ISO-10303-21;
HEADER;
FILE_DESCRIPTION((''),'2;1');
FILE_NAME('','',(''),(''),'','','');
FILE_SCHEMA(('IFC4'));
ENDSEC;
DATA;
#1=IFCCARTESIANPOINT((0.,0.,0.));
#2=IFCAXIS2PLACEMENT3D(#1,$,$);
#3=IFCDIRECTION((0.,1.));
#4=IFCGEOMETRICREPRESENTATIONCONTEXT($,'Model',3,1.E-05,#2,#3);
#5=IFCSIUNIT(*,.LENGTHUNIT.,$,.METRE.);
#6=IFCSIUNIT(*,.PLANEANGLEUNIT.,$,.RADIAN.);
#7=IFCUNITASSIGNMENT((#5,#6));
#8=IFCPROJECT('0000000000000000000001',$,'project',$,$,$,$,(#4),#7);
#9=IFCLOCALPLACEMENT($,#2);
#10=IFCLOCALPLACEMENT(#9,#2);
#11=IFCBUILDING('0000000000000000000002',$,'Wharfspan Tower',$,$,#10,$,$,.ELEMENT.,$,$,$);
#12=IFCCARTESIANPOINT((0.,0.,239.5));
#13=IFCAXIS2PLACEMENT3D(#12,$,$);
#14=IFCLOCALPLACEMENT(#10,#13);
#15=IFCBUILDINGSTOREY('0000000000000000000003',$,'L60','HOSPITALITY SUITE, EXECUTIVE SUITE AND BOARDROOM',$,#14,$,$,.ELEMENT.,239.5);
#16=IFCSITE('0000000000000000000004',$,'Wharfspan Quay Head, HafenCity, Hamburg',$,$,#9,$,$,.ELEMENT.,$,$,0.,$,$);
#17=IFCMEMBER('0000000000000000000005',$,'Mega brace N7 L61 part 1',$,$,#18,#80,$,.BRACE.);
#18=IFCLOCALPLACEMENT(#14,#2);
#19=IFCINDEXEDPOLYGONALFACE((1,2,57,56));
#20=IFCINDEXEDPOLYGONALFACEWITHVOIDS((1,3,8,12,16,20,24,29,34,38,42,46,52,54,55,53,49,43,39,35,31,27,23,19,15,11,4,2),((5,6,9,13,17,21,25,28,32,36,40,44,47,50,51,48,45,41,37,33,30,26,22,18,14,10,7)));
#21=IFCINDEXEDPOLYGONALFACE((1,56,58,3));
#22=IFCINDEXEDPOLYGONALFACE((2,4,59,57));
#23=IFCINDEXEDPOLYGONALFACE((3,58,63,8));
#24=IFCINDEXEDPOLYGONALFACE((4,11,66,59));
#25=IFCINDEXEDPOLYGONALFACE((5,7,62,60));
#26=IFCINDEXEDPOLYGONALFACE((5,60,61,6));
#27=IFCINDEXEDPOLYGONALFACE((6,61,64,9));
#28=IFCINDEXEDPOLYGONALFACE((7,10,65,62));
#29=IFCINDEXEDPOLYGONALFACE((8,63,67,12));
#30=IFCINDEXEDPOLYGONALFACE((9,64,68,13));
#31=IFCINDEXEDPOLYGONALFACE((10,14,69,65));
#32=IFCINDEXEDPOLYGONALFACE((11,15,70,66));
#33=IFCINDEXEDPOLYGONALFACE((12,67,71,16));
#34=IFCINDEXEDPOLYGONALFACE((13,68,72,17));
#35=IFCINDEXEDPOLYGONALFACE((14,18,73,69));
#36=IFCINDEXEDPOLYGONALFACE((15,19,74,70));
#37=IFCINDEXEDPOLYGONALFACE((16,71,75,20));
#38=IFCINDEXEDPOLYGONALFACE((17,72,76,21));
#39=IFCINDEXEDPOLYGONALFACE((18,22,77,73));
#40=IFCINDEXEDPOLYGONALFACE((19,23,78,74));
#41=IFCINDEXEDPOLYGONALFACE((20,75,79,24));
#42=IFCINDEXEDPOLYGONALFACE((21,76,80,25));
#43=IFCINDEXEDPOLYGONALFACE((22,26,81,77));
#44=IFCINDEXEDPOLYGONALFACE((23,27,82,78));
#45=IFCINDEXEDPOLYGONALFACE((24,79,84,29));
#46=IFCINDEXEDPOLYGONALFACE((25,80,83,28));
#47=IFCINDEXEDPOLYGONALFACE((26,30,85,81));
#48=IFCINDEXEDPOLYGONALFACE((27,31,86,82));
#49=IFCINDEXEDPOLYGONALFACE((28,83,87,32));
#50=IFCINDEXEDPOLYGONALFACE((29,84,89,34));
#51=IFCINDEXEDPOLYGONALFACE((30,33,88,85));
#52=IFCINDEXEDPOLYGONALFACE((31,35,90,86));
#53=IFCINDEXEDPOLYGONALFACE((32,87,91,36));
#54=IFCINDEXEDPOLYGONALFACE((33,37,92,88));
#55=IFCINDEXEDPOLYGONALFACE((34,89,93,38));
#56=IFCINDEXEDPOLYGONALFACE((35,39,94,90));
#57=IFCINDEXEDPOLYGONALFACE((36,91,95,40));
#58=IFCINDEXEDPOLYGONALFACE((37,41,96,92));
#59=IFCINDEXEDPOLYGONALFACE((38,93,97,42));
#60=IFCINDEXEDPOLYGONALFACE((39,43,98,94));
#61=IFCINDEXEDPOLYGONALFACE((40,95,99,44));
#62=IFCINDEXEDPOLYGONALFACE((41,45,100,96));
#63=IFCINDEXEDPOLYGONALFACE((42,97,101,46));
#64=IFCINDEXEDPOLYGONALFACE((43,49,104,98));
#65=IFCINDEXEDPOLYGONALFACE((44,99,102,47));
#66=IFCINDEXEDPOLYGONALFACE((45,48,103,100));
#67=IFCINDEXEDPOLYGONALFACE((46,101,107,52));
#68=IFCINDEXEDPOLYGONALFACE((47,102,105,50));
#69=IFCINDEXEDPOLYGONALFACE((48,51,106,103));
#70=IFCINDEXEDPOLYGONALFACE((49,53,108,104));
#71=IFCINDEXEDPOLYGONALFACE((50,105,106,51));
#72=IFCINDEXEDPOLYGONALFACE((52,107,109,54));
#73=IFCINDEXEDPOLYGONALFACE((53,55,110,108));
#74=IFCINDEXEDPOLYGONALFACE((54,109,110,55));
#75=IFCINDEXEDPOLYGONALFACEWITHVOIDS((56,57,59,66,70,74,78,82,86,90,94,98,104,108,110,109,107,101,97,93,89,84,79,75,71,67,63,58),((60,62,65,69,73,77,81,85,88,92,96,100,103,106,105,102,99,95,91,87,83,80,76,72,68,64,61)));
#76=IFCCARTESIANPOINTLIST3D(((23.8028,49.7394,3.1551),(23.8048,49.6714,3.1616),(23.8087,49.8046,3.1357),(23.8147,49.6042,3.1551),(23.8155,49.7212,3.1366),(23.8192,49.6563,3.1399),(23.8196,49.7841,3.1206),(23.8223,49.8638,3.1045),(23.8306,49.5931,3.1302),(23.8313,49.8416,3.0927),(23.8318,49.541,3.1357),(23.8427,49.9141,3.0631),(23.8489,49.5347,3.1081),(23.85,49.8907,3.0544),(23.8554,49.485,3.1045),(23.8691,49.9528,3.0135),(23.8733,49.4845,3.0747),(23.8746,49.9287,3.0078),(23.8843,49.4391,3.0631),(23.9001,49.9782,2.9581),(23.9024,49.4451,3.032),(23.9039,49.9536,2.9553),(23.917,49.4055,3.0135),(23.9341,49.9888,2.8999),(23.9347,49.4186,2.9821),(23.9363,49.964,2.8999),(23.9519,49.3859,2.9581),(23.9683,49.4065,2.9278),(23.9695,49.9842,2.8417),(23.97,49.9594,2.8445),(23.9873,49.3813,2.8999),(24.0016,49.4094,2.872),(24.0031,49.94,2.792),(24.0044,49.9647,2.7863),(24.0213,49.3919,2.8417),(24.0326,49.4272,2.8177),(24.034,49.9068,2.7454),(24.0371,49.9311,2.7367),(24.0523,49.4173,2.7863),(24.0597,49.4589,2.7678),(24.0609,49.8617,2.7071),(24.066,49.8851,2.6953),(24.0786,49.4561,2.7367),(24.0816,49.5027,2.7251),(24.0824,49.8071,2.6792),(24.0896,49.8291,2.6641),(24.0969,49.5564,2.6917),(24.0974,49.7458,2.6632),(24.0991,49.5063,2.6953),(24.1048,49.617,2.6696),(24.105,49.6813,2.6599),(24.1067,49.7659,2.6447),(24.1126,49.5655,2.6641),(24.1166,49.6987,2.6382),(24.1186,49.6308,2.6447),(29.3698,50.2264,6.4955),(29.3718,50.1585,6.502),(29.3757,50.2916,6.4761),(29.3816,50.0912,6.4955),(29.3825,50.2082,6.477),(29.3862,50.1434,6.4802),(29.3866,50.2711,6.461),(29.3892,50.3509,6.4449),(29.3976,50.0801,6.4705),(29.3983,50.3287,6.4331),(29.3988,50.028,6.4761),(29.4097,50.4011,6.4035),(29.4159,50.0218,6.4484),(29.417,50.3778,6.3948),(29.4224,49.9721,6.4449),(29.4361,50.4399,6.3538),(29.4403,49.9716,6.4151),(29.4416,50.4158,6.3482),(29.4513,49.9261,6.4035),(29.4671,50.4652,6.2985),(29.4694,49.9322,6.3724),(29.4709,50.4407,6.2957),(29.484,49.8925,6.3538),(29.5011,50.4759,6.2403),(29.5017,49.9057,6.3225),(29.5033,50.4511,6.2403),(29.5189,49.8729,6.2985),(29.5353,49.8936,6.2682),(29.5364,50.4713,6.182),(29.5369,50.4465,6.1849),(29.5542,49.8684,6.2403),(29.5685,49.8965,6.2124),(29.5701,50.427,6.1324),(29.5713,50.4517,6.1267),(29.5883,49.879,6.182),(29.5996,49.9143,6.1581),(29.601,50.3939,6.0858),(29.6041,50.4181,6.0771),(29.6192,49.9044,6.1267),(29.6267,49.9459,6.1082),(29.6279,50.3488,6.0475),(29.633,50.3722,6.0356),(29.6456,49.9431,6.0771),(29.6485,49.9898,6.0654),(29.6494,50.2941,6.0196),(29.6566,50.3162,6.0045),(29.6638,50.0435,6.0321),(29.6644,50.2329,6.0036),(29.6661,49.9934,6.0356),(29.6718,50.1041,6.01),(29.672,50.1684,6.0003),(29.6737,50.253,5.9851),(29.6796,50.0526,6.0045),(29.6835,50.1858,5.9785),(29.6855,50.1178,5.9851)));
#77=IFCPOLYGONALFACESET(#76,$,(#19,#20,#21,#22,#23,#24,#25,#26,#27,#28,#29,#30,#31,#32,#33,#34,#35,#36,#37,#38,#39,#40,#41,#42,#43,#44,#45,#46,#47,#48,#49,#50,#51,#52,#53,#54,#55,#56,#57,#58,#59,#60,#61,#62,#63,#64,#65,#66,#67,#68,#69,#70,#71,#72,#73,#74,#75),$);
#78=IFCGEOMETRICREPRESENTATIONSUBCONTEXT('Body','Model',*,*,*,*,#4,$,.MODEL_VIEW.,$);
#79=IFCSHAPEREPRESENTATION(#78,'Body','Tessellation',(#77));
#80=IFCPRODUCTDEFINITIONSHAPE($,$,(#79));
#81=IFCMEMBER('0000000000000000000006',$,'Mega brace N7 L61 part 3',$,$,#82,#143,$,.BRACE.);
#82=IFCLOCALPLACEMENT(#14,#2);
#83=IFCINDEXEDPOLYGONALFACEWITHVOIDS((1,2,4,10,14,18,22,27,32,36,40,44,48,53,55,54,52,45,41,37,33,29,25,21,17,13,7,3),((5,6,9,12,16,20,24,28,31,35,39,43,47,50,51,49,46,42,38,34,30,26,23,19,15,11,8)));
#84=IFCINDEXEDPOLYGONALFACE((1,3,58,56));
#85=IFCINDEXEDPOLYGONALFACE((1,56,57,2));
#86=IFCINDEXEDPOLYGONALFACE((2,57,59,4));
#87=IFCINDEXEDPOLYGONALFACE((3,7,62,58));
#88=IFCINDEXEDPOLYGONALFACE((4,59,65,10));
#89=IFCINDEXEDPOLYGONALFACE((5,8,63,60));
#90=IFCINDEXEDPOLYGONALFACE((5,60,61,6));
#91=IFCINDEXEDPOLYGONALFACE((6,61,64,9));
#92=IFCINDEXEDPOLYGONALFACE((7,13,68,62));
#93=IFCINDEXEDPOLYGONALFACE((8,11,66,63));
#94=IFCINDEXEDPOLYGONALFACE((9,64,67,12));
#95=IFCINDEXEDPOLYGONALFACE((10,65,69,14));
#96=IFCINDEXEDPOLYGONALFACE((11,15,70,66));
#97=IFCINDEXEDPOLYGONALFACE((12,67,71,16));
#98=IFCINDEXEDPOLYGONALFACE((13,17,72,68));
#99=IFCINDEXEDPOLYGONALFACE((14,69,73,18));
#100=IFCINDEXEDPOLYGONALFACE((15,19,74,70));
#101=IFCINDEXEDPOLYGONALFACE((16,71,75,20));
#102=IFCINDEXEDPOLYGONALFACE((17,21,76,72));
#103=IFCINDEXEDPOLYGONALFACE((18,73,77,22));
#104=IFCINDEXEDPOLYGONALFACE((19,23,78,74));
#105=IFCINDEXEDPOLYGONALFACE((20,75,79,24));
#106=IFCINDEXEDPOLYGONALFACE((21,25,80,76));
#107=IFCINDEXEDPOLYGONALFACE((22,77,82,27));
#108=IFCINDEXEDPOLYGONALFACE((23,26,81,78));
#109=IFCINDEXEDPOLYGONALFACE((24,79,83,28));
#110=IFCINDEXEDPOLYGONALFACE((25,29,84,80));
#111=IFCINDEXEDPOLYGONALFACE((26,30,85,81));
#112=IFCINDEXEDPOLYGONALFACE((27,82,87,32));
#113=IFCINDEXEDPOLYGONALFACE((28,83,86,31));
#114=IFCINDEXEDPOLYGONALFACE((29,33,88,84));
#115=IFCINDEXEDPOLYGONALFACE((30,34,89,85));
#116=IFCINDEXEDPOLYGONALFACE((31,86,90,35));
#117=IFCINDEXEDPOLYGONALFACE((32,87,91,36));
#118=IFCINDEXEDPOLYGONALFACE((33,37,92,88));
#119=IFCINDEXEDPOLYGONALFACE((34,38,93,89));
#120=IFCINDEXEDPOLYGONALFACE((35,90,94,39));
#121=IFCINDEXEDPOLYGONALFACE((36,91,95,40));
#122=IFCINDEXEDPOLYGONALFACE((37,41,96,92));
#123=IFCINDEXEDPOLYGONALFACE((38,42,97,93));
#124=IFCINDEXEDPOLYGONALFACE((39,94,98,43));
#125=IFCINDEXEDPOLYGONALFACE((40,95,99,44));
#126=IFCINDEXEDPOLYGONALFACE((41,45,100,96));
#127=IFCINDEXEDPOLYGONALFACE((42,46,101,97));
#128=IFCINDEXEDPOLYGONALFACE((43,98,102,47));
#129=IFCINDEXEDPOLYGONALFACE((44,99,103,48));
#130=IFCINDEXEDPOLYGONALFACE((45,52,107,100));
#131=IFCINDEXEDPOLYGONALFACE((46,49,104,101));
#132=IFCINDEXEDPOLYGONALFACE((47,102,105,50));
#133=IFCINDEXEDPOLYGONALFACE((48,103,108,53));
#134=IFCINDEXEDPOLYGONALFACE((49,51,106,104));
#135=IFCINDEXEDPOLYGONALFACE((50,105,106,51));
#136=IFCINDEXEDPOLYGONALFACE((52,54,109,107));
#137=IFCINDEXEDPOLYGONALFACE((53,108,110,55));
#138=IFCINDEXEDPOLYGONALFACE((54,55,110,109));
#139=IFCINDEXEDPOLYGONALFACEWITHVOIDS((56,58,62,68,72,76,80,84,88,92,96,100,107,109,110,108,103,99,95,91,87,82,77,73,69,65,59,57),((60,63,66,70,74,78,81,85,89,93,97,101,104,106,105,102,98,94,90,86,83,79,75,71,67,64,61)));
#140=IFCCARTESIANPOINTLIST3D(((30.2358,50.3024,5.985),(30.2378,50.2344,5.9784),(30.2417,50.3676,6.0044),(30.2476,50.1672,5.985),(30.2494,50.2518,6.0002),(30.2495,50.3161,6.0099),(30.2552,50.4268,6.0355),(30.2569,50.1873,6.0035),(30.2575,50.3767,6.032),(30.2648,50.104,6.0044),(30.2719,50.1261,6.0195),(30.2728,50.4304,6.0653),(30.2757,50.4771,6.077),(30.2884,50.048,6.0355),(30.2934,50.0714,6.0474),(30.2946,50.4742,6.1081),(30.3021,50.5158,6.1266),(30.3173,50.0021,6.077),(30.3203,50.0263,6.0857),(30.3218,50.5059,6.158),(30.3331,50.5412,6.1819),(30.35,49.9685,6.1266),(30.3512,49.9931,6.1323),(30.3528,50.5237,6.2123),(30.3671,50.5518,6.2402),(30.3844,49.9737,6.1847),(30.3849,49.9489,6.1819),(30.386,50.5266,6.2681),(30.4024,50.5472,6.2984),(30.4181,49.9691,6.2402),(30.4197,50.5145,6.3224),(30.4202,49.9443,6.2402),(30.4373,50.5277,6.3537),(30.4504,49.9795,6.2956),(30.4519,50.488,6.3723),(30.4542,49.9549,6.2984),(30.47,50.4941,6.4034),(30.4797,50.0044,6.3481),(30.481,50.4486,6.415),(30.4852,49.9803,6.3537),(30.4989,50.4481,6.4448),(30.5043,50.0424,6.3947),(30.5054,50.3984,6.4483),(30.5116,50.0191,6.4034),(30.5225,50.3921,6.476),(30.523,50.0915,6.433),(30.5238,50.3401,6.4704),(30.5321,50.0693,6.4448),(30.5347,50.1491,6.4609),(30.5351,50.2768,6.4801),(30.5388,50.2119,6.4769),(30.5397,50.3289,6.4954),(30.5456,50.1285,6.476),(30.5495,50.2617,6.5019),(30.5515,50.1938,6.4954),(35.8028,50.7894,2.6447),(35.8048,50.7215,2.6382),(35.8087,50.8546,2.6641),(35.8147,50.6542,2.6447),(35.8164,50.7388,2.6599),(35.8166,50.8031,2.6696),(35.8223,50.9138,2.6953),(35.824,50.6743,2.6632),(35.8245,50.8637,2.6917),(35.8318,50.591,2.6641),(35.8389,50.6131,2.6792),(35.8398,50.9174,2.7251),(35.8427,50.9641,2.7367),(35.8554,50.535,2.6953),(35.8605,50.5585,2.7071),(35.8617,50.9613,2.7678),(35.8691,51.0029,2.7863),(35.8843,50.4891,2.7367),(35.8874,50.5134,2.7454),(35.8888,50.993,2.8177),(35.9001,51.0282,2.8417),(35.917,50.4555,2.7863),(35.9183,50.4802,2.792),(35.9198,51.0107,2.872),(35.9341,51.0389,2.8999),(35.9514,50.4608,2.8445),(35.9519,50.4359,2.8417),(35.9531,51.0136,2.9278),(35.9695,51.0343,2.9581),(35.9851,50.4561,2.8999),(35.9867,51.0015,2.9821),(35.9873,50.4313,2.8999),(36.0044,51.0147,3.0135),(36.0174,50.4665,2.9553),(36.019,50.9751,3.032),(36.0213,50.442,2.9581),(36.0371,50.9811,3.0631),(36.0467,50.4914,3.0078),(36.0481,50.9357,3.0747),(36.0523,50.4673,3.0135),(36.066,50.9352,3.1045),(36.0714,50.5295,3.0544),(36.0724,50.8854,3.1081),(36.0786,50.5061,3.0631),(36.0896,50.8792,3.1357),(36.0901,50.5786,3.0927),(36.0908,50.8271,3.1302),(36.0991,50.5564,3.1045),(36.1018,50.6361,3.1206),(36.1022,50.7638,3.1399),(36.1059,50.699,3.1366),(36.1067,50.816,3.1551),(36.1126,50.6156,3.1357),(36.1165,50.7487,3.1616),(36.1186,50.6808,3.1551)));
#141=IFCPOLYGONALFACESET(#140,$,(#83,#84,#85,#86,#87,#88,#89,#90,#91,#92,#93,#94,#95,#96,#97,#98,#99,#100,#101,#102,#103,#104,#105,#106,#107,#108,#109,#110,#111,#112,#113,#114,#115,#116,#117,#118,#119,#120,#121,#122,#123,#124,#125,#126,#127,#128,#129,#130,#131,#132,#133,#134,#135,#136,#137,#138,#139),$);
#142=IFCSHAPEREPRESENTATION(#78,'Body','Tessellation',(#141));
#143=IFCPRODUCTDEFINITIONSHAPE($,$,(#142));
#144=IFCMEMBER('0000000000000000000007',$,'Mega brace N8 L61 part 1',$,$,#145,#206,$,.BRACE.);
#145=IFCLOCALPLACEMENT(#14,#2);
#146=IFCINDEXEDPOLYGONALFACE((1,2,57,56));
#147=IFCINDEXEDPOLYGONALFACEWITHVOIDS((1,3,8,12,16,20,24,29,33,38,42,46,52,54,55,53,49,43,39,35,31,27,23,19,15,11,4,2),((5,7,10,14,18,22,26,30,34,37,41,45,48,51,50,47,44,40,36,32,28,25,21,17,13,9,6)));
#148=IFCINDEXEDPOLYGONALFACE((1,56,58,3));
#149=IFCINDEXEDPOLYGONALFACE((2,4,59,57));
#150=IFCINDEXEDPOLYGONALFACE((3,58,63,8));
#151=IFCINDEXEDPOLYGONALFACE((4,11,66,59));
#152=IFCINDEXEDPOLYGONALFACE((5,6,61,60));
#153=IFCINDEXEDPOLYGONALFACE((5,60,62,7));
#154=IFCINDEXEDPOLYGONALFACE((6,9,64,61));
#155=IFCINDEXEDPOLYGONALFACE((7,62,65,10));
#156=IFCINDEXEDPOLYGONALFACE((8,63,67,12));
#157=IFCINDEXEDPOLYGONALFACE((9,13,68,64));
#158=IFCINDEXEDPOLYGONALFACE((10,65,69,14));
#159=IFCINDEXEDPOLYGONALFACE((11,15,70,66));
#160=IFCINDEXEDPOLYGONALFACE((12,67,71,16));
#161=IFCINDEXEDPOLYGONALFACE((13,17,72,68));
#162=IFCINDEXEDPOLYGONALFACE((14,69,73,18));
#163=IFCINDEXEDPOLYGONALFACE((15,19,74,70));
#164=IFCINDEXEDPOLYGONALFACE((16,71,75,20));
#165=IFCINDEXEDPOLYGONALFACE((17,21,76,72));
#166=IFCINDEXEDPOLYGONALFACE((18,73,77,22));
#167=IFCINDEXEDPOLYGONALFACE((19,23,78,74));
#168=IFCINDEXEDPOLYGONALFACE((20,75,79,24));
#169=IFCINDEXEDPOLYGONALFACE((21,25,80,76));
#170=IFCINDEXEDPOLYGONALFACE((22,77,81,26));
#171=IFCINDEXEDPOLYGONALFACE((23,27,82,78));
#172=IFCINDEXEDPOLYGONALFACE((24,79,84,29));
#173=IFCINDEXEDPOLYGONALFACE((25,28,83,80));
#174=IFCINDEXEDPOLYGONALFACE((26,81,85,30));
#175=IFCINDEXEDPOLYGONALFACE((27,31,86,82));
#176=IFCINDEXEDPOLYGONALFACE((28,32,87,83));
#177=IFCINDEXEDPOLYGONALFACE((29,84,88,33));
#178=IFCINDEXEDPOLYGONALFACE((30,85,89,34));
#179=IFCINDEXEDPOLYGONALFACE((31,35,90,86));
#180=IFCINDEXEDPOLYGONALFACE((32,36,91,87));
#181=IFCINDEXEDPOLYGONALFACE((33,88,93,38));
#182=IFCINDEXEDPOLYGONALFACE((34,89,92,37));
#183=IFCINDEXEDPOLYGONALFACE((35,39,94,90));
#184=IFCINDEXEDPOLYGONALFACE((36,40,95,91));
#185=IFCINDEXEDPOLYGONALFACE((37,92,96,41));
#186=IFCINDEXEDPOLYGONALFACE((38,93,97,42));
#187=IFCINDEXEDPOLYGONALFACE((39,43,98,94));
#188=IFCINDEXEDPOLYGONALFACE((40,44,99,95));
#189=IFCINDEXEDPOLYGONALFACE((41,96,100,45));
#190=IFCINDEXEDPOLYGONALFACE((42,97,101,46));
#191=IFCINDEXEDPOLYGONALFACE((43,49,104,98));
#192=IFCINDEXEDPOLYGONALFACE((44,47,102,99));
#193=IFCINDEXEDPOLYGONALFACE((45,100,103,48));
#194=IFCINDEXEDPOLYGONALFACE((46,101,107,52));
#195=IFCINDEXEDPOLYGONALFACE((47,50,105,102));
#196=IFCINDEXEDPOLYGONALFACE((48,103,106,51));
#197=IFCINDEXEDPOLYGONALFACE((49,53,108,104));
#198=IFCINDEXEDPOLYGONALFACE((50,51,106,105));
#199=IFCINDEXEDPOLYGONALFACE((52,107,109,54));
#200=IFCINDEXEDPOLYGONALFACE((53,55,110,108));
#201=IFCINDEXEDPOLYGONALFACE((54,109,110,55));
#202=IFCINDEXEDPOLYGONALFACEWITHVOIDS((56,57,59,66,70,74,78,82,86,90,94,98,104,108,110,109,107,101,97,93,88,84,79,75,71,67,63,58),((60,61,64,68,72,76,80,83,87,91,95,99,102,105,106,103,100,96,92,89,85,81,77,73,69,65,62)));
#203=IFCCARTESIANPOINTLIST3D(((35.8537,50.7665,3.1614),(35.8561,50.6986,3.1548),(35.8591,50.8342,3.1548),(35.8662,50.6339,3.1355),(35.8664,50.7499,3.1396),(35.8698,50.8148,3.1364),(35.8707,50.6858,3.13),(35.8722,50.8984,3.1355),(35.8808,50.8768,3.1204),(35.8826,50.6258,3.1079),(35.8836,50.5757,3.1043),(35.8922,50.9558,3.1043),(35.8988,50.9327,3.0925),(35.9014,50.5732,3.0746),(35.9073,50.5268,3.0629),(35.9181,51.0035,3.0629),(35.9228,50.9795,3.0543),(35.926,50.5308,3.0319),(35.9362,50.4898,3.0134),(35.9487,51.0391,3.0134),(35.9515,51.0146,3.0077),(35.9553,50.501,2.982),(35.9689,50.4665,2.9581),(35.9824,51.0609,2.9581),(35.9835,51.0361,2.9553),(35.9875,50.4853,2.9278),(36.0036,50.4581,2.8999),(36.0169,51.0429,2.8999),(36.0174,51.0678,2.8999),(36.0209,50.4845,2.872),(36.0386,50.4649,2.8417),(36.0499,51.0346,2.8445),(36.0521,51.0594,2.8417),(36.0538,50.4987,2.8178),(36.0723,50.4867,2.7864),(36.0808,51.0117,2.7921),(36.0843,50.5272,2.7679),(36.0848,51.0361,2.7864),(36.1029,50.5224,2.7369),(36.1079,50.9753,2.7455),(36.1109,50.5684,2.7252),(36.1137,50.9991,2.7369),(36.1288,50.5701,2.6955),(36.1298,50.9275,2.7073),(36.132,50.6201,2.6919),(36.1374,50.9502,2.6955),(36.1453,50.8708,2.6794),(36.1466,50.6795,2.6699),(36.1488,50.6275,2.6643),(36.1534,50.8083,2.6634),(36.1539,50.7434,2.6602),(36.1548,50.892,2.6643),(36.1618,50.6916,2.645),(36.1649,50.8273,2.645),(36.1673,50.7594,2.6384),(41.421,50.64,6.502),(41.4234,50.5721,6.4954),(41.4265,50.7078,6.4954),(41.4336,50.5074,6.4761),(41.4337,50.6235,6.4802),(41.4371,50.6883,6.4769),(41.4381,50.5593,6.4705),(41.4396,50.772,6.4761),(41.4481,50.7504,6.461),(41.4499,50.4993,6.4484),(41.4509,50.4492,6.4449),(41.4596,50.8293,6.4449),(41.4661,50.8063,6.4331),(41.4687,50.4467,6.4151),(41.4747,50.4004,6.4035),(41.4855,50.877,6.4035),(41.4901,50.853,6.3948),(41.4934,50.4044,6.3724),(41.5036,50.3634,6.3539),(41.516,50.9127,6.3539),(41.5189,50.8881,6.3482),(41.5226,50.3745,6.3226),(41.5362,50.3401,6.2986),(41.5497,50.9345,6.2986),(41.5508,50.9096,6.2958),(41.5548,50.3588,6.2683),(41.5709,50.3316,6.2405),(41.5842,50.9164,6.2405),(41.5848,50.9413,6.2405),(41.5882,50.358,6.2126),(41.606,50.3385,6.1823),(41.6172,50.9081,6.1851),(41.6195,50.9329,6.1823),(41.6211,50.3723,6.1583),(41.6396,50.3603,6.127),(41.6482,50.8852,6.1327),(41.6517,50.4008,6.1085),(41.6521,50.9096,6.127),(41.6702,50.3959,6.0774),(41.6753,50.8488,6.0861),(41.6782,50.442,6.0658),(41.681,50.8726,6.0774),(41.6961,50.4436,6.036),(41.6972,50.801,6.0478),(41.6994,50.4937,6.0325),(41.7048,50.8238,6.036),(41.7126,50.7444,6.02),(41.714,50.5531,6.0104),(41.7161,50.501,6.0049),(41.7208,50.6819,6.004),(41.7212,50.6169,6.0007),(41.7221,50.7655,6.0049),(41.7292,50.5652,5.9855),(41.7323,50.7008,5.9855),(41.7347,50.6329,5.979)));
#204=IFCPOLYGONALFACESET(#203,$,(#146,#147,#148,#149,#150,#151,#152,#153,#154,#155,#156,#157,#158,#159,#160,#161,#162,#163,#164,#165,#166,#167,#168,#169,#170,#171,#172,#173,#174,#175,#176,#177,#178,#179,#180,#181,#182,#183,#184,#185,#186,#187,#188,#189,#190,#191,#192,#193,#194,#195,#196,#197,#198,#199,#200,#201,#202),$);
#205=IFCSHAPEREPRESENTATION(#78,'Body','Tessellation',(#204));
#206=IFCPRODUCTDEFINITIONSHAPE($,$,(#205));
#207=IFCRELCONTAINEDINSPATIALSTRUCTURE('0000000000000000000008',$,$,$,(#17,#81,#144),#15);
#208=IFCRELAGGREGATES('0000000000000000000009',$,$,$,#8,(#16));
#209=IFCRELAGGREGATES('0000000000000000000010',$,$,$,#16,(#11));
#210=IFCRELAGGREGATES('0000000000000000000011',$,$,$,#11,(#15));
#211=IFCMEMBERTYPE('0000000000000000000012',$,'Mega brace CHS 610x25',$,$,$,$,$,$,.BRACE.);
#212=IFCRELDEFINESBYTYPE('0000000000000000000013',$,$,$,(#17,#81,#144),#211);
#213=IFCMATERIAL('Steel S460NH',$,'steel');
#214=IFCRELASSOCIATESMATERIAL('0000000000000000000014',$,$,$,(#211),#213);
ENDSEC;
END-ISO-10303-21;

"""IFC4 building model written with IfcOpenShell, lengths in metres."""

from ifc_helpers import new_model, si_unit, direction, frame, origin, origin_2d, place, context, subcontext, project, spatial, hollow_circle, extrude, material, material_profile, profile_set, type_object, element, save


model = new_model("IFC4")

# Units and contexts
model_context = context("Model", 3, precision=1e-05, world=origin(), true_north=direction((0.0, 1.0)))
body_context = subcontext(model_context, "Body", "Model", "MODEL_VIEW")
ifc_project = project(units=[si_unit("LENGTHUNIT", "METRE"), si_unit("PLANEANGLEUNIT", "RADIAN")], contexts=[model_context])

# Site, building, storey
site_placement = place(None, origin())
site = spatial("IfcSite", under=ifc_project, at=site_placement, Name="Wharfspan Quay Head, HafenCity, Hamburg", CompositionType="ELEMENT", RefElevation=0.0)
building_placement = place(site_placement, origin())
building = spatial("IfcBuilding", under=site, at=building_placement, Name="Wharfspan Tower", CompositionType="ELEMENT")
storey_placement = place(building_placement, frame((0.0, 0.0, 239.5)))
storey = spatial("IfcBuildingStorey", under=building, at=storey_placement, Name="L60", Description="HOSPITALITY SUITE, EXECUTIVE SUITE AND BOARDROOM", CompositionType="ELEMENT", Elevation=239.5)

# Members
ifc_material_1 = material(Name="Steel S460NH", Category="steel")
ifc_material_profile_1 = material_profile(ifc_material_1, hollow_circle(Radius=0.3049, WallThickness=0.0249, at=origin_2d()))
ifc_profile_set_1 = profile_set([ifc_material_profile_1], Name="Steel S460NH")
member_type = type_object("IfcMemberType", Name="Mega brace CHS 610x25", PredefinedType="BRACE", material=ifc_profile_set_1)
for number, where, z_axis, x_axis, name in (
    (1, (23.9607, 49.6851, 2.8999), (0.855077, 0.074813, 0.513076), (-0.087161, 0.996195, 0.000002), "Mega brace N7 L61 part 1"),
    (2, (35.9607, 50.7351, 2.8999), (-0.855087, -0.07481, 0.51306), (0.087154, -0.996194, -0.000002), "Mega brace N7 L61 part 3"),
):
    element("IfcMember", number, at=place(storey_placement, frame(where, z_axis=z_axis, x_axis=x_axis)), inside=storey, type_object=member_type, Name=name, PredefinedType="BRACE", context=body_context, shape_type="SweptSolid", body=[
        extrude(hollow_circle(Radius=0.3049, WallThickness=0.0249, at=origin_2d()), origin(), (0.0, 0.0, 1.0), 6.5105),
    ])
member_placement = place(storey_placement, frame((36.0105, 50.7629, 2.8999), z_axis=(0.85732, -0.019474, 0.514415), x_axis=(0.022708, 0.999746, 0.000002)))
element("IfcMember", 3, at=member_placement, inside=storey, type_object=member_type, Name="Mega brace N8 L61 part 1", PredefinedType="BRACE", context=body_context, shape_type="SweptSolid", body=[
    extrude(hollow_circle(Radius=0.3049, WallThickness=0.0249, at=origin_2d()), origin(), (0.0, 0.0, 1.0), 6.4939),
])

save(model, "model.ifc")
